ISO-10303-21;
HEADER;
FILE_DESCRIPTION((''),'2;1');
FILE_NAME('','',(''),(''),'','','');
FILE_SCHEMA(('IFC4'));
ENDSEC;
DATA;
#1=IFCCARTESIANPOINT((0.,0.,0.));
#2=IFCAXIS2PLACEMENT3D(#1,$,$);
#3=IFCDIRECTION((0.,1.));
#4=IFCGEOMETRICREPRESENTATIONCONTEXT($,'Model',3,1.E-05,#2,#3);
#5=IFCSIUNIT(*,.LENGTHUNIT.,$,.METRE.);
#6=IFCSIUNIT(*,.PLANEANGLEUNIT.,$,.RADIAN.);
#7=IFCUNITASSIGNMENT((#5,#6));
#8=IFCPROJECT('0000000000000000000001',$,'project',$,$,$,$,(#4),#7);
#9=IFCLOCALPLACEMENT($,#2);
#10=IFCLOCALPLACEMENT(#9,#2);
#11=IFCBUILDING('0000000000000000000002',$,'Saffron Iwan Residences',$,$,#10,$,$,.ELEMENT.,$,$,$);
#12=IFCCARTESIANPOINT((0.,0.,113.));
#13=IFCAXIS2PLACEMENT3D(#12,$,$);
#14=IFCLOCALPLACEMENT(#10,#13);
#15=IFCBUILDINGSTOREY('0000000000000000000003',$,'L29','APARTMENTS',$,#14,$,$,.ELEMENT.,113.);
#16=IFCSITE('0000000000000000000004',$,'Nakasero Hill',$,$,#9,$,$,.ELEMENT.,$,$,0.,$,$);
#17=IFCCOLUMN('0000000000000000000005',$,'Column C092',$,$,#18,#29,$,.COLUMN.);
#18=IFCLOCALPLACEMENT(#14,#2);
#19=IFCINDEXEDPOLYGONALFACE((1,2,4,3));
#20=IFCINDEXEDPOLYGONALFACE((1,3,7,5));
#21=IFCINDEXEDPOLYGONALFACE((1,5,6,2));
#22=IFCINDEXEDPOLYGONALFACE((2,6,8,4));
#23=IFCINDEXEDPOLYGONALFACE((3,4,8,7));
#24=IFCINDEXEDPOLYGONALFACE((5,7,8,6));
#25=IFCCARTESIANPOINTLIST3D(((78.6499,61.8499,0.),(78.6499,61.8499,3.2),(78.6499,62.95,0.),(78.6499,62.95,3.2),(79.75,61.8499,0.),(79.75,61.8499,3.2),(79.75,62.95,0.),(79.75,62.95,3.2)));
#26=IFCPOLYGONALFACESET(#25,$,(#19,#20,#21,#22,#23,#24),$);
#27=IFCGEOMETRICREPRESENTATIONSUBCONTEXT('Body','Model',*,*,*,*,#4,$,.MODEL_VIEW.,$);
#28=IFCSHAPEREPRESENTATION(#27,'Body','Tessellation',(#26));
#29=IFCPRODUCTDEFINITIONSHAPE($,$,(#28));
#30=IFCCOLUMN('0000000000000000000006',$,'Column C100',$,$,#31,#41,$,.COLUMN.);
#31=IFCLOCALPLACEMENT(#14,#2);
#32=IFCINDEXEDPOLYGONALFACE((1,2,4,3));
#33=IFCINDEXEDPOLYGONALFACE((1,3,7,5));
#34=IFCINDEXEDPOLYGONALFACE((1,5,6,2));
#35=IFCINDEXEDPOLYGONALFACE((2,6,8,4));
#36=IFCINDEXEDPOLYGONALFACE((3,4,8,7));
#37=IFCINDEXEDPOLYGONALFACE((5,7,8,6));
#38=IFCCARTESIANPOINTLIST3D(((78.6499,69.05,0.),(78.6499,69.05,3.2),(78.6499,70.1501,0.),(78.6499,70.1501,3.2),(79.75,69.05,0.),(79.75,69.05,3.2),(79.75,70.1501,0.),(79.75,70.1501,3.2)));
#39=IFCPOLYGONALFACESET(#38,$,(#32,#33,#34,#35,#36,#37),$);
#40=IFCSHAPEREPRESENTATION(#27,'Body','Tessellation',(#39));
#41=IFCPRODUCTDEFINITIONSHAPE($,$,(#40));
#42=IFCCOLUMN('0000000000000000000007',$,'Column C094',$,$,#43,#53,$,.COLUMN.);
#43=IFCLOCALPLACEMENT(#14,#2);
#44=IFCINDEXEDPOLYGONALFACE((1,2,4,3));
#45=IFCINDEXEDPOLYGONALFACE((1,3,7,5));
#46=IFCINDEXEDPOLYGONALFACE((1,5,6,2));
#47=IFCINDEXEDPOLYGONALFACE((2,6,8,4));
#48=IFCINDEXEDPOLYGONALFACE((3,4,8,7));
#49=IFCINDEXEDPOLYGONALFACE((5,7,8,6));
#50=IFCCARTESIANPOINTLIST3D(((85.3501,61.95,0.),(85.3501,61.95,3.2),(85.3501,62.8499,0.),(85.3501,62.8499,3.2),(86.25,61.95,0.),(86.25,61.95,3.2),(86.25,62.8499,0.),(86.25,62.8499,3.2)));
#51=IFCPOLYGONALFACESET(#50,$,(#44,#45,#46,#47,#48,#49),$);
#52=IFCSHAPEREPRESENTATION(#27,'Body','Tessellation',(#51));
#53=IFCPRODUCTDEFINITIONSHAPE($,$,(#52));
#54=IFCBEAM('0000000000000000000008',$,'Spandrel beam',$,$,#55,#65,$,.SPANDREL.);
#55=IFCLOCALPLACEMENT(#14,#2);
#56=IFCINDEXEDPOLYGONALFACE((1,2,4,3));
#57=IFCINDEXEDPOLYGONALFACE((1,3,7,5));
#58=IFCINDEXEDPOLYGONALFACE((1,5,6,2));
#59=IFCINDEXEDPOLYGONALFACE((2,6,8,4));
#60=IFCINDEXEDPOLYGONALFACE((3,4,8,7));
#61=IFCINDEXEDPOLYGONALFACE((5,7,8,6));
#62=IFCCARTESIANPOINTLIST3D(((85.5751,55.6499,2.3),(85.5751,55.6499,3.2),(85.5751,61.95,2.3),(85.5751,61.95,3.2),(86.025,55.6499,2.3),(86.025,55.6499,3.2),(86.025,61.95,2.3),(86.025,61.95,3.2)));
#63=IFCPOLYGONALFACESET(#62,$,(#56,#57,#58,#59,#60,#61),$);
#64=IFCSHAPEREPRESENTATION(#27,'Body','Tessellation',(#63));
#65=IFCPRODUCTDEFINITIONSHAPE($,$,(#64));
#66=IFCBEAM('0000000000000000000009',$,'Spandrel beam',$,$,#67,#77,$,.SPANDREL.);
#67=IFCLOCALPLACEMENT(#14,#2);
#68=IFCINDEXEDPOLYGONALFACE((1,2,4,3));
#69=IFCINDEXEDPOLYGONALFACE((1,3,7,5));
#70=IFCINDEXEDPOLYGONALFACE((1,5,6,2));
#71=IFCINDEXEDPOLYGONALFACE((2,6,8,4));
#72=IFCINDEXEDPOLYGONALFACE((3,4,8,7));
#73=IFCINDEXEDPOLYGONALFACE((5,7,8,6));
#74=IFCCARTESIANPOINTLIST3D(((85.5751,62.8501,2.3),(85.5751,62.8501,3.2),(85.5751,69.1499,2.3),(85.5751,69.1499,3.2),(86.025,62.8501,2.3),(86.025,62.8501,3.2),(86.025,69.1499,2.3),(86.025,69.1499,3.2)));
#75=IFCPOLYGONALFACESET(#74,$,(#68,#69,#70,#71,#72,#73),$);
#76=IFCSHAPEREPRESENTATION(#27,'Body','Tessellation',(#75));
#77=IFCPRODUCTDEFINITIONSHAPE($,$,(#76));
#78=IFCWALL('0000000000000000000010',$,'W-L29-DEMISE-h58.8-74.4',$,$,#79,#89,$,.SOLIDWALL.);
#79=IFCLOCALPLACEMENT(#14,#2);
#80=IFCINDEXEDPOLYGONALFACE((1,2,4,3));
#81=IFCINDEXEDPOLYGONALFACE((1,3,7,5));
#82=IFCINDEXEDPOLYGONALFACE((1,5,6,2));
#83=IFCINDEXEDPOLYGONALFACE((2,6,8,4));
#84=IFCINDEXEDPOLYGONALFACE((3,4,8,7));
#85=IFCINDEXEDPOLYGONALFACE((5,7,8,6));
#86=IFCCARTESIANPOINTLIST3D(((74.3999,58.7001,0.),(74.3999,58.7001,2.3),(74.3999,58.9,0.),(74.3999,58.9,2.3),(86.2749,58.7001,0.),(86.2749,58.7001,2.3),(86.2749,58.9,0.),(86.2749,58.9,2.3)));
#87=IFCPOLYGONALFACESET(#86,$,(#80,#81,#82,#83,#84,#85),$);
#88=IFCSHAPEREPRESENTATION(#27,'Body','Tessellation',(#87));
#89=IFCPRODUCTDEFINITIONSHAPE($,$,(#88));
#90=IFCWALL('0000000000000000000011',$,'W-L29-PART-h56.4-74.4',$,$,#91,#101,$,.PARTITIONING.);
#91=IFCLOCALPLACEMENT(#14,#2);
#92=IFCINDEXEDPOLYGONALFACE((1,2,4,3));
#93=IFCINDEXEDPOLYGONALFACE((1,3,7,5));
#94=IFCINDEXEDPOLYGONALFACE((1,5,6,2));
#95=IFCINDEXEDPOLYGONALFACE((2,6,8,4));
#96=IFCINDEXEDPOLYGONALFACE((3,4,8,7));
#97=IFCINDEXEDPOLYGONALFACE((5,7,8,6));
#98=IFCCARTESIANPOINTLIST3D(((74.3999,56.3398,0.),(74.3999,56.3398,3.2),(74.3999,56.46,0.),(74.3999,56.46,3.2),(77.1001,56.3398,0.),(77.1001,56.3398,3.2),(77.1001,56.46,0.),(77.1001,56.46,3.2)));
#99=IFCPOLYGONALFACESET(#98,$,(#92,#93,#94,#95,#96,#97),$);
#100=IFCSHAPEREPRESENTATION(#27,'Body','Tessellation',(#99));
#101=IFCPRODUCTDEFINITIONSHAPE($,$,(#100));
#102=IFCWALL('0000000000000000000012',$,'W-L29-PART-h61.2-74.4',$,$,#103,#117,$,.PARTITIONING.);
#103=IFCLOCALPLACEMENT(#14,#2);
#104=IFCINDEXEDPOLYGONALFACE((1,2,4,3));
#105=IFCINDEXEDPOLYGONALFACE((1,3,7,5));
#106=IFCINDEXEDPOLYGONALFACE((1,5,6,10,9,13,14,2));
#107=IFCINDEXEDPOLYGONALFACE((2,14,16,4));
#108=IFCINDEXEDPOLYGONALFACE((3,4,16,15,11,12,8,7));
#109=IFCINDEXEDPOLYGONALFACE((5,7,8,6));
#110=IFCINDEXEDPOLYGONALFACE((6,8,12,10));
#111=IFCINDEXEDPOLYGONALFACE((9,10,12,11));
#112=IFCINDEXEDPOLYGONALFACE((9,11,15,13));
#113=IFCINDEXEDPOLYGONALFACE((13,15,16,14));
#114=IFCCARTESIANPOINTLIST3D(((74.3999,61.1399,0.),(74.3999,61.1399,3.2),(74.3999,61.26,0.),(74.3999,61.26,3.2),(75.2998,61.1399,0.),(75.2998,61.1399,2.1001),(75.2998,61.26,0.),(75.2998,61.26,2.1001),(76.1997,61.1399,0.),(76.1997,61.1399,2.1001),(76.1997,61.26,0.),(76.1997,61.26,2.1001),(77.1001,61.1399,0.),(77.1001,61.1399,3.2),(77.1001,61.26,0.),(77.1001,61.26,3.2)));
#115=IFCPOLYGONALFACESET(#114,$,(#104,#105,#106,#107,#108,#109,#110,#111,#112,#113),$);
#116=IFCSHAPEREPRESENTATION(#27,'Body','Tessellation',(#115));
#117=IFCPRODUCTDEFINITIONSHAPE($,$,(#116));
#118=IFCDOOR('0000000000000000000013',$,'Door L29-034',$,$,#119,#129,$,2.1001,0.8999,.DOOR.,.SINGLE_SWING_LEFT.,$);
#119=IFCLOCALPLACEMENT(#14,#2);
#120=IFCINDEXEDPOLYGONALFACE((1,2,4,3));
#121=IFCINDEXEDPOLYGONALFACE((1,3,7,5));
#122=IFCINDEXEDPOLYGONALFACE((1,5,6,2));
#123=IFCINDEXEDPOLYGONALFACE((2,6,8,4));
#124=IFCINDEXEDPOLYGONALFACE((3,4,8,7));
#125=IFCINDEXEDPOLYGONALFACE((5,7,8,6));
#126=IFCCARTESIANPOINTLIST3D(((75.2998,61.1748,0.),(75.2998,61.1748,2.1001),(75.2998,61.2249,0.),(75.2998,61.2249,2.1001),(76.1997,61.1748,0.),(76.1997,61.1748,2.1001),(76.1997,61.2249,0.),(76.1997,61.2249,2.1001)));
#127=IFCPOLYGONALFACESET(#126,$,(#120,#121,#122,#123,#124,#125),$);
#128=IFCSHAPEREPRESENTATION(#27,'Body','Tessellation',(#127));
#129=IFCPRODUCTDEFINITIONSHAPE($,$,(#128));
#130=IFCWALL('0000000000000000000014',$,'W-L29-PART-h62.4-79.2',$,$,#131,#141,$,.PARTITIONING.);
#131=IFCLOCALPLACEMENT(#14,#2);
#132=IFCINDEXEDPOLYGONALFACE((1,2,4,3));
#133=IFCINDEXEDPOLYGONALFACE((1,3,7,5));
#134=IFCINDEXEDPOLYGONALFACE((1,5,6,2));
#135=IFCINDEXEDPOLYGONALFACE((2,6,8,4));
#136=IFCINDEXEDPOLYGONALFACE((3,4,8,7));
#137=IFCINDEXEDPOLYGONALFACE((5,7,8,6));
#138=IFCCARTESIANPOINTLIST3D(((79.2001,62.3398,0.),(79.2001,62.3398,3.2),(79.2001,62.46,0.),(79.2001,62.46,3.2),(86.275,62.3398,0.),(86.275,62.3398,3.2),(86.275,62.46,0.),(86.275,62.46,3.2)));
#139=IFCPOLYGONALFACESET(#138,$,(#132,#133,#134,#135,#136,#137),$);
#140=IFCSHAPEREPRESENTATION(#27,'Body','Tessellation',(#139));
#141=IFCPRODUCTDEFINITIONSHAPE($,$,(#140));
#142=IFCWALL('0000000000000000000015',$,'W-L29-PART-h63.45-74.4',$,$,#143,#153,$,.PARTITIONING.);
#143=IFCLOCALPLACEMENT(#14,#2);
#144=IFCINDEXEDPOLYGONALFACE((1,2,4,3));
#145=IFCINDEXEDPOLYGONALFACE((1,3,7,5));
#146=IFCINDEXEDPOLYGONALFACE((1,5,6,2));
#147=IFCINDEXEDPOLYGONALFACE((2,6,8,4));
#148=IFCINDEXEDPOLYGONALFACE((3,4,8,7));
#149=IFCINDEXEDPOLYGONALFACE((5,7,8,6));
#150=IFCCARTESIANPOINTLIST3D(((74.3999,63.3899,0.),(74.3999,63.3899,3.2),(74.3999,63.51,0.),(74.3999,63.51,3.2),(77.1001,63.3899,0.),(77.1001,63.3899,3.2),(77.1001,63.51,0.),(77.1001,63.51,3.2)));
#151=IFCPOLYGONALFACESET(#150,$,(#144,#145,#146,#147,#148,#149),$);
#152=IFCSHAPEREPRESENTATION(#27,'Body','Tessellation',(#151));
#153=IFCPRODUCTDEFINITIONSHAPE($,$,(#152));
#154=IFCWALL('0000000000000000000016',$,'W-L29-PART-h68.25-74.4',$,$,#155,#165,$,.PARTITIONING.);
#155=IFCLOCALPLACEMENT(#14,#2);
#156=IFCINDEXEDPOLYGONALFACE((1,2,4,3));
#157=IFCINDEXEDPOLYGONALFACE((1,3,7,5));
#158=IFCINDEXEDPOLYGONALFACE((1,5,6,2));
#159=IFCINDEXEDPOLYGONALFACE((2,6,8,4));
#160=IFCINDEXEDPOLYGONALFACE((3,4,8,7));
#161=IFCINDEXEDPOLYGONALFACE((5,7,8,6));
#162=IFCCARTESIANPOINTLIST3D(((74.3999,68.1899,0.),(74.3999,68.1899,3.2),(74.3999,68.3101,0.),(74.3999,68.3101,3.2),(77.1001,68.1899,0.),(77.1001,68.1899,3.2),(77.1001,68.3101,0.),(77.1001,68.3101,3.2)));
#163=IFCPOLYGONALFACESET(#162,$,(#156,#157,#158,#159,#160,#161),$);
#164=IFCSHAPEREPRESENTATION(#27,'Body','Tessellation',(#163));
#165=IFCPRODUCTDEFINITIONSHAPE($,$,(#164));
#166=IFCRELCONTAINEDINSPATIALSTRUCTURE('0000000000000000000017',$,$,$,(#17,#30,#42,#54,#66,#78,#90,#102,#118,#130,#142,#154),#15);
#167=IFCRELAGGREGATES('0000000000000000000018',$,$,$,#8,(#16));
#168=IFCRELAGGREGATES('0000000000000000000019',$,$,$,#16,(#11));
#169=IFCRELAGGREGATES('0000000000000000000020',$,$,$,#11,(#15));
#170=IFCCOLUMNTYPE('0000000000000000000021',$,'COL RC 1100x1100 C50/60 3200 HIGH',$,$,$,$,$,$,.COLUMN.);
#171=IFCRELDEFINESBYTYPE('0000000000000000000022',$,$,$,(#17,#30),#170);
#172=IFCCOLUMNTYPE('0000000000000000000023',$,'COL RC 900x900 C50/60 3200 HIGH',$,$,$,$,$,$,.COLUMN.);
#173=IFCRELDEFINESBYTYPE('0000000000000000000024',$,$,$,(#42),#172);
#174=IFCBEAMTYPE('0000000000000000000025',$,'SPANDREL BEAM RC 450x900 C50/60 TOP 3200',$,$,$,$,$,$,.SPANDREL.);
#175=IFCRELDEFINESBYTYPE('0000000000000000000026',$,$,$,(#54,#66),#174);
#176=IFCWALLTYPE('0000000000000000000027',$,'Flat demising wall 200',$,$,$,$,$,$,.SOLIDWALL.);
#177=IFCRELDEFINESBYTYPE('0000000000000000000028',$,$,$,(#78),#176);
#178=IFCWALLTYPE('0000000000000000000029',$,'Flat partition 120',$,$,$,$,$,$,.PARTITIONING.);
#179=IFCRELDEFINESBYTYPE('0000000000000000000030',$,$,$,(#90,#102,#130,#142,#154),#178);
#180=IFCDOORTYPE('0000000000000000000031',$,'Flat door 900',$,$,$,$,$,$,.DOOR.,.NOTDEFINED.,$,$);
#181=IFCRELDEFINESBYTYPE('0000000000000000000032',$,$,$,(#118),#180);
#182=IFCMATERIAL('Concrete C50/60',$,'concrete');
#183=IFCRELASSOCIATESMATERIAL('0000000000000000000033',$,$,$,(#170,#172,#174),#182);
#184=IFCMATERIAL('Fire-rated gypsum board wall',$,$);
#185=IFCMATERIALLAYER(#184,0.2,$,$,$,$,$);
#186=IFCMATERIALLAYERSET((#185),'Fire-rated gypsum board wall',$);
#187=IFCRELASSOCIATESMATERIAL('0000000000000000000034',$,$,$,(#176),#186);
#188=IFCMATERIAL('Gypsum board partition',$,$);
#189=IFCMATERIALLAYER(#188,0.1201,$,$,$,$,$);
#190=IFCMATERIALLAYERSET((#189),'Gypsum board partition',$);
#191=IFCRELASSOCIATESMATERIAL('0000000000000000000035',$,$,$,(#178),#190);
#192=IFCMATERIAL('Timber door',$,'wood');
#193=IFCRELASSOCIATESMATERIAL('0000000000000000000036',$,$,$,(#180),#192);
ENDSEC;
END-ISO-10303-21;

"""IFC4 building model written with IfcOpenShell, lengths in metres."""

from ifc_helpers import new_model, si_unit, direction, frame, frame_2d, origin, origin_2d, place, context, subcontext, project, spatial, rectangle, extrude, source, transform, mapped, material, layer, layer_set, material_profile, profile_set, type_object, element, fill, save


model = new_model("IFC4")

# Units and contexts
model_context = context("Model", 3, precision=1e-05, world=origin(), true_north=direction((0.0, 1.0)))
body_context = subcontext(model_context, "Body", "Model", "MODEL_VIEW")
ifc_project = project(units=[si_unit("LENGTHUNIT", "METRE"), si_unit("PLANEANGLEUNIT", "RADIAN")], contexts=[model_context])

# Site, building, storey
site_placement = place(None, origin())
site = spatial("IfcSite", under=ifc_project, at=site_placement, Name="Nakasero Hill", CompositionType="ELEMENT", RefElevation=0.0)
building_placement = place(site_placement, origin())
building = spatial("IfcBuilding", under=site, at=building_placement, Name="Saffron Iwan Residences", CompositionType="ELEMENT")
storey_placement = place(building_placement, frame((0.0, 0.0, 113.0)))
storey = spatial("IfcBuildingStorey", under=building, at=storey_placement, Name="L29", Description="APARTMENTS", CompositionType="ELEMENT", Elevation=113.0)

# Columns
ifc_material_1 = material(Name="Concrete C50/60", Category="concrete")
ifc_material_profile_1 = material_profile(ifc_material_1, rectangle(XDim=1.1001, YDim=1.1001, at=origin_2d()), Name="RC 1100x1100")
ifc_profile_set_1 = profile_set([ifc_material_profile_1], Name="Concrete C50/60")
column_type_1 = type_object("IfcColumnType", Name="COL RC 1100x1100 C50/60 3200 HIGH", PredefinedType="COLUMN", material=ifc_profile_set_1)
shared_shape_1 = source(origin(), body_context, "Body", "SweptSolid", [
    extrude(rectangle(XDim=1.1001, YDim=1.1001, at=origin_2d()), origin(), (0.0, 0.0, 1.0), 3.2),
])
for number, where, z_axis, x_axis, name in (
    (1, (79.2, 62.3999, 0.0), (0.0, 0.0, 1.0), (1.0, 0.0, 0.0), "Column C092"),
    (2, (79.2, 69.6001, 0.0), (0.0, 0.0, 1.0), (1.0, 0.0, 0.0), "Column C100"),
):
    element("IfcColumn", number, at=place(storey_placement, frame(where, z_axis=z_axis, x_axis=x_axis)), inside=storey, type_object=column_type_1, Name=name, PredefinedType="COLUMN", context=body_context, shape_type="MappedRepresentation", body=[
        mapped(shared_shape_1, transform((0.0, 0.0, 0.0))),
    ])
ifc_material_profile_2 = material_profile(ifc_material_1, rectangle(XDim=0.8999, YDim=0.8999, at=origin_2d()), Name="RC 900x900")
ifc_profile_set_2 = profile_set([ifc_material_profile_2], Name="Concrete C50/60")
column_type_2 = type_object("IfcColumnType", Name="COL RC 900x900 C50/60 3200 HIGH", PredefinedType="COLUMN", material=ifc_profile_set_2)
shared_shape_2 = source(origin(), body_context, "Body", "SweptSolid", [
    extrude(rectangle(XDim=0.8999, YDim=0.8999, at=origin_2d()), origin(), (0.0, 0.0, 1.0), 3.2),
])
column_placement = place(storey_placement, frame((85.8, 62.3999, 0.0), z_axis=(0.0, 0.0, 1.0), x_axis=(1.0, 0.0, 0.0)))
element("IfcColumn", 3, at=column_placement, inside=storey, type_object=column_type_2, Name="Column C094", PredefinedType="COLUMN", context=body_context, shape_type="MappedRepresentation", body=[
    mapped(shared_shape_2, transform((0.0, 0.0, 0.0))),
])

# Beams
ifc_material_profile_3 = material_profile(ifc_material_1, rectangle(XDim=0.45, YDim=0.8999, at=origin_2d()), Name="RC 450x900")
ifc_profile_set_3 = profile_set([ifc_material_profile_3], Name="Concrete C50/60")
beam_type = type_object("IfcBeamType", Name="SPANDREL BEAM RC 450x900 C50/60 TOP 3200", PredefinedType="SPANDREL", material=ifc_profile_set_3)
shared_shape_3 = source(origin(), body_context, "Body", "SweptSolid", [
    extrude(rectangle(XDim=0.45, YDim=0.8999, at=origin_2d()), origin(), (0.0, 0.0, 1.0), 6.3),
])
beam_1_placement = place(storey_placement, frame((85.8, 61.95, 2.75), z_axis=(0.0, -1.0, 0.0), x_axis=(1.0, 0.0, 0.0)))
element("IfcBeam", 4, at=beam_1_placement, inside=storey, type_object=beam_type, Name="Spandrel beam", PredefinedType="SPANDREL", context=body_context, shape_type="MappedRepresentation", body=[
    mapped(shared_shape_3, transform((0.0, 0.0, 0.0))),
])
shared_shape_4 = source(origin(), body_context, "Body", "SweptSolid", [
    extrude(rectangle(XDim=0.45, YDim=0.8999, at=origin_2d()), origin(), (0.0, 0.0, 1.0), 6.2998),
])
beam_2_placement = place(storey_placement, frame((85.8, 69.1499, 2.75), z_axis=(0.0, -1.0, 0.0), x_axis=(1.0, 0.0, 0.0)))
element("IfcBeam", 5, at=beam_2_placement, inside=storey, type_object=beam_type, Name="Spandrel beam", PredefinedType="SPANDREL", context=body_context, shape_type="MappedRepresentation", body=[
    mapped(shared_shape_4, transform((0.0, 0.0, 0.0))),
])

# Walls
ifc_material_2 = material(Name="Fire-rated gypsum board wall")
ifc_layer_1 = layer(ifc_material_2, 0.2)
ifc_layer_set_1 = layer_set([ifc_layer_1], Name="Fire-rated gypsum board wall")
wall_type_1 = type_object("IfcWallType", Name="Flat demising wall 200", PredefinedType="SOLIDWALL", material=ifc_layer_set_1)
wall_1_placement = place(storey_placement, frame((74.3999, 58.8, 0.0), z_axis=(0.0, 0.0, 1.0), x_axis=(1.0, 0.0, 0.0)))
element("IfcWall", 6, at=wall_1_placement, inside=storey, type_object=wall_type_1, Name="W-L29-DEMISE-h58.8-74.4", PredefinedType="SOLIDWALL", context=body_context, shape_type="SweptSolid", body=[
    extrude(rectangle(XDim=11.875, YDim=0.2, at=frame_2d((5.9375, 0.0))), origin(), (0.0, 0.0, 1.0), 2.3),
])
ifc_material_3 = material(Name="Gypsum board partition")
ifc_layer_2 = layer(ifc_material_3, 0.1201)
ifc_layer_set_2 = layer_set([ifc_layer_2], Name="Gypsum board partition")
wall_type_2 = type_object("IfcWallType", Name="Flat partition 120", PredefinedType="PARTITIONING", material=ifc_layer_set_2)
wall_2_placement = place(storey_placement, frame((74.3999, 56.3999, 0.0), z_axis=(0.0, 0.0, 1.0), x_axis=(1.0, 0.0, 0.0)))
element("IfcWall", 7, at=wall_2_placement, inside=storey, type_object=wall_type_2, Name="W-L29-PART-h56.4-74.4", PredefinedType="PARTITIONING", context=body_context, shape_type="SweptSolid", body=[
    extrude(rectangle(XDim=2.7002, YDim=0.1201, at=frame_2d((1.3501, 0.0))), origin(), (0.0, 0.0, 1.0), 3.2),
])

# Wall, opening, door
wall_3_placement = place(storey_placement, frame((74.3999, 61.2, 0.0), z_axis=(0.0, 0.0, 1.0), x_axis=(1.0, 0.0, 0.0)))
wall_3 = element("IfcWall", 8, at=wall_3_placement, inside=storey, type_object=wall_type_2, Name="W-L29-PART-h61.2-74.4", PredefinedType="PARTITIONING", context=body_context, shape_type="SweptSolid", body=[
    extrude(rectangle(XDim=2.7002, YDim=0.1201, at=frame_2d((1.3501, 0.0))), origin(), (0.0, 0.0, 1.0), 3.2),
])
opening_1_placement = place(wall_3_placement, frame((0.8999, 0.0, 0.0)))
opening_1 = element("IfcOpeningElement", 9, at=opening_1_placement, cuts=wall_3, PredefinedType="OPENING", context=body_context, shape_type="SweptSolid", body=[
    extrude(rectangle(XDim=0.8999, YDim=2.1001, at=frame_2d((0.45, 1.05))), frame((0.0, 0.0701, 0.0), z_axis=(0.0, -1.0, 0.0), x_axis=(1.0, 0.0, 0.0)), (0.0, 0.0, 1.0), 0.1401),
])
ifc_material_4 = material(Name="Timber door", Category="wood")
door_type_1 = type_object("IfcDoorType", Name="Flat door 900", OperationType="NOTDEFINED", PredefinedType="DOOR", material=ifc_material_4)
door_1_placement = place(opening_1_placement, origin())
door_1 = element("IfcDoor", 10, at=door_1_placement, inside=storey, type_object=door_type_1, Name="Door L29-034", OperationType="SINGLE_SWING_LEFT", OverallHeight=2.1001, OverallWidth=0.8999, PredefinedType="DOOR", context=body_context, shape_type="SweptSolid", body=[
    extrude(rectangle(XDim=0.8999, YDim=2.1001, at=frame_2d((0.45, 1.05))), frame((0.0, 0.0249, 0.0), z_axis=(0.0, -1.0, 0.0), x_axis=(1.0, 0.0, 0.0)), (0.0, 0.0, 1.0), 0.05),
])
fill(opening_1, door_1)

# Walls
wall_4_placement = place(storey_placement, frame((79.2, 62.3999, 0.0), z_axis=(0.0, 0.0, 1.0), x_axis=(1.0, 0.0, 0.0)))
element("IfcWall", 11, at=wall_4_placement, inside=storey, type_object=wall_type_2, Name="W-L29-PART-h62.4-79.2", PredefinedType="PARTITIONING", context=body_context, shape_type="SweptSolid", body=[
    extrude(rectangle(XDim=7.075, YDim=0.1201, at=frame_2d((3.5376, 0.0))), origin(), (0.0, 0.0, 1.0), 3.2),
])
for number, where, z_axis, x_axis, name in (
    (12, (74.3999, 63.45, 0.0), (0.0, 0.0, 1.0), (1.0, 0.0, 0.0), "W-L29-PART-h63.45-74.4"),
    (13, (74.3999, 68.25, 0.0), (0.0, 0.0, 1.0), (1.0, 0.0, 0.0), "W-L29-PART-h68.25-74.4"),
):
    element("IfcWall", number, at=place(storey_placement, frame(where, z_axis=z_axis, x_axis=x_axis)), inside=storey, type_object=wall_type_2, Name=name, PredefinedType="PARTITIONING", context=body_context, shape_type="SweptSolid", body=[
        extrude(rectangle(XDim=2.7002, YDim=0.1201, at=frame_2d((1.3501, 0.0))), origin(), (0.0, 0.0, 1.0), 3.2),
    ])

save(model, "model.ifc")
